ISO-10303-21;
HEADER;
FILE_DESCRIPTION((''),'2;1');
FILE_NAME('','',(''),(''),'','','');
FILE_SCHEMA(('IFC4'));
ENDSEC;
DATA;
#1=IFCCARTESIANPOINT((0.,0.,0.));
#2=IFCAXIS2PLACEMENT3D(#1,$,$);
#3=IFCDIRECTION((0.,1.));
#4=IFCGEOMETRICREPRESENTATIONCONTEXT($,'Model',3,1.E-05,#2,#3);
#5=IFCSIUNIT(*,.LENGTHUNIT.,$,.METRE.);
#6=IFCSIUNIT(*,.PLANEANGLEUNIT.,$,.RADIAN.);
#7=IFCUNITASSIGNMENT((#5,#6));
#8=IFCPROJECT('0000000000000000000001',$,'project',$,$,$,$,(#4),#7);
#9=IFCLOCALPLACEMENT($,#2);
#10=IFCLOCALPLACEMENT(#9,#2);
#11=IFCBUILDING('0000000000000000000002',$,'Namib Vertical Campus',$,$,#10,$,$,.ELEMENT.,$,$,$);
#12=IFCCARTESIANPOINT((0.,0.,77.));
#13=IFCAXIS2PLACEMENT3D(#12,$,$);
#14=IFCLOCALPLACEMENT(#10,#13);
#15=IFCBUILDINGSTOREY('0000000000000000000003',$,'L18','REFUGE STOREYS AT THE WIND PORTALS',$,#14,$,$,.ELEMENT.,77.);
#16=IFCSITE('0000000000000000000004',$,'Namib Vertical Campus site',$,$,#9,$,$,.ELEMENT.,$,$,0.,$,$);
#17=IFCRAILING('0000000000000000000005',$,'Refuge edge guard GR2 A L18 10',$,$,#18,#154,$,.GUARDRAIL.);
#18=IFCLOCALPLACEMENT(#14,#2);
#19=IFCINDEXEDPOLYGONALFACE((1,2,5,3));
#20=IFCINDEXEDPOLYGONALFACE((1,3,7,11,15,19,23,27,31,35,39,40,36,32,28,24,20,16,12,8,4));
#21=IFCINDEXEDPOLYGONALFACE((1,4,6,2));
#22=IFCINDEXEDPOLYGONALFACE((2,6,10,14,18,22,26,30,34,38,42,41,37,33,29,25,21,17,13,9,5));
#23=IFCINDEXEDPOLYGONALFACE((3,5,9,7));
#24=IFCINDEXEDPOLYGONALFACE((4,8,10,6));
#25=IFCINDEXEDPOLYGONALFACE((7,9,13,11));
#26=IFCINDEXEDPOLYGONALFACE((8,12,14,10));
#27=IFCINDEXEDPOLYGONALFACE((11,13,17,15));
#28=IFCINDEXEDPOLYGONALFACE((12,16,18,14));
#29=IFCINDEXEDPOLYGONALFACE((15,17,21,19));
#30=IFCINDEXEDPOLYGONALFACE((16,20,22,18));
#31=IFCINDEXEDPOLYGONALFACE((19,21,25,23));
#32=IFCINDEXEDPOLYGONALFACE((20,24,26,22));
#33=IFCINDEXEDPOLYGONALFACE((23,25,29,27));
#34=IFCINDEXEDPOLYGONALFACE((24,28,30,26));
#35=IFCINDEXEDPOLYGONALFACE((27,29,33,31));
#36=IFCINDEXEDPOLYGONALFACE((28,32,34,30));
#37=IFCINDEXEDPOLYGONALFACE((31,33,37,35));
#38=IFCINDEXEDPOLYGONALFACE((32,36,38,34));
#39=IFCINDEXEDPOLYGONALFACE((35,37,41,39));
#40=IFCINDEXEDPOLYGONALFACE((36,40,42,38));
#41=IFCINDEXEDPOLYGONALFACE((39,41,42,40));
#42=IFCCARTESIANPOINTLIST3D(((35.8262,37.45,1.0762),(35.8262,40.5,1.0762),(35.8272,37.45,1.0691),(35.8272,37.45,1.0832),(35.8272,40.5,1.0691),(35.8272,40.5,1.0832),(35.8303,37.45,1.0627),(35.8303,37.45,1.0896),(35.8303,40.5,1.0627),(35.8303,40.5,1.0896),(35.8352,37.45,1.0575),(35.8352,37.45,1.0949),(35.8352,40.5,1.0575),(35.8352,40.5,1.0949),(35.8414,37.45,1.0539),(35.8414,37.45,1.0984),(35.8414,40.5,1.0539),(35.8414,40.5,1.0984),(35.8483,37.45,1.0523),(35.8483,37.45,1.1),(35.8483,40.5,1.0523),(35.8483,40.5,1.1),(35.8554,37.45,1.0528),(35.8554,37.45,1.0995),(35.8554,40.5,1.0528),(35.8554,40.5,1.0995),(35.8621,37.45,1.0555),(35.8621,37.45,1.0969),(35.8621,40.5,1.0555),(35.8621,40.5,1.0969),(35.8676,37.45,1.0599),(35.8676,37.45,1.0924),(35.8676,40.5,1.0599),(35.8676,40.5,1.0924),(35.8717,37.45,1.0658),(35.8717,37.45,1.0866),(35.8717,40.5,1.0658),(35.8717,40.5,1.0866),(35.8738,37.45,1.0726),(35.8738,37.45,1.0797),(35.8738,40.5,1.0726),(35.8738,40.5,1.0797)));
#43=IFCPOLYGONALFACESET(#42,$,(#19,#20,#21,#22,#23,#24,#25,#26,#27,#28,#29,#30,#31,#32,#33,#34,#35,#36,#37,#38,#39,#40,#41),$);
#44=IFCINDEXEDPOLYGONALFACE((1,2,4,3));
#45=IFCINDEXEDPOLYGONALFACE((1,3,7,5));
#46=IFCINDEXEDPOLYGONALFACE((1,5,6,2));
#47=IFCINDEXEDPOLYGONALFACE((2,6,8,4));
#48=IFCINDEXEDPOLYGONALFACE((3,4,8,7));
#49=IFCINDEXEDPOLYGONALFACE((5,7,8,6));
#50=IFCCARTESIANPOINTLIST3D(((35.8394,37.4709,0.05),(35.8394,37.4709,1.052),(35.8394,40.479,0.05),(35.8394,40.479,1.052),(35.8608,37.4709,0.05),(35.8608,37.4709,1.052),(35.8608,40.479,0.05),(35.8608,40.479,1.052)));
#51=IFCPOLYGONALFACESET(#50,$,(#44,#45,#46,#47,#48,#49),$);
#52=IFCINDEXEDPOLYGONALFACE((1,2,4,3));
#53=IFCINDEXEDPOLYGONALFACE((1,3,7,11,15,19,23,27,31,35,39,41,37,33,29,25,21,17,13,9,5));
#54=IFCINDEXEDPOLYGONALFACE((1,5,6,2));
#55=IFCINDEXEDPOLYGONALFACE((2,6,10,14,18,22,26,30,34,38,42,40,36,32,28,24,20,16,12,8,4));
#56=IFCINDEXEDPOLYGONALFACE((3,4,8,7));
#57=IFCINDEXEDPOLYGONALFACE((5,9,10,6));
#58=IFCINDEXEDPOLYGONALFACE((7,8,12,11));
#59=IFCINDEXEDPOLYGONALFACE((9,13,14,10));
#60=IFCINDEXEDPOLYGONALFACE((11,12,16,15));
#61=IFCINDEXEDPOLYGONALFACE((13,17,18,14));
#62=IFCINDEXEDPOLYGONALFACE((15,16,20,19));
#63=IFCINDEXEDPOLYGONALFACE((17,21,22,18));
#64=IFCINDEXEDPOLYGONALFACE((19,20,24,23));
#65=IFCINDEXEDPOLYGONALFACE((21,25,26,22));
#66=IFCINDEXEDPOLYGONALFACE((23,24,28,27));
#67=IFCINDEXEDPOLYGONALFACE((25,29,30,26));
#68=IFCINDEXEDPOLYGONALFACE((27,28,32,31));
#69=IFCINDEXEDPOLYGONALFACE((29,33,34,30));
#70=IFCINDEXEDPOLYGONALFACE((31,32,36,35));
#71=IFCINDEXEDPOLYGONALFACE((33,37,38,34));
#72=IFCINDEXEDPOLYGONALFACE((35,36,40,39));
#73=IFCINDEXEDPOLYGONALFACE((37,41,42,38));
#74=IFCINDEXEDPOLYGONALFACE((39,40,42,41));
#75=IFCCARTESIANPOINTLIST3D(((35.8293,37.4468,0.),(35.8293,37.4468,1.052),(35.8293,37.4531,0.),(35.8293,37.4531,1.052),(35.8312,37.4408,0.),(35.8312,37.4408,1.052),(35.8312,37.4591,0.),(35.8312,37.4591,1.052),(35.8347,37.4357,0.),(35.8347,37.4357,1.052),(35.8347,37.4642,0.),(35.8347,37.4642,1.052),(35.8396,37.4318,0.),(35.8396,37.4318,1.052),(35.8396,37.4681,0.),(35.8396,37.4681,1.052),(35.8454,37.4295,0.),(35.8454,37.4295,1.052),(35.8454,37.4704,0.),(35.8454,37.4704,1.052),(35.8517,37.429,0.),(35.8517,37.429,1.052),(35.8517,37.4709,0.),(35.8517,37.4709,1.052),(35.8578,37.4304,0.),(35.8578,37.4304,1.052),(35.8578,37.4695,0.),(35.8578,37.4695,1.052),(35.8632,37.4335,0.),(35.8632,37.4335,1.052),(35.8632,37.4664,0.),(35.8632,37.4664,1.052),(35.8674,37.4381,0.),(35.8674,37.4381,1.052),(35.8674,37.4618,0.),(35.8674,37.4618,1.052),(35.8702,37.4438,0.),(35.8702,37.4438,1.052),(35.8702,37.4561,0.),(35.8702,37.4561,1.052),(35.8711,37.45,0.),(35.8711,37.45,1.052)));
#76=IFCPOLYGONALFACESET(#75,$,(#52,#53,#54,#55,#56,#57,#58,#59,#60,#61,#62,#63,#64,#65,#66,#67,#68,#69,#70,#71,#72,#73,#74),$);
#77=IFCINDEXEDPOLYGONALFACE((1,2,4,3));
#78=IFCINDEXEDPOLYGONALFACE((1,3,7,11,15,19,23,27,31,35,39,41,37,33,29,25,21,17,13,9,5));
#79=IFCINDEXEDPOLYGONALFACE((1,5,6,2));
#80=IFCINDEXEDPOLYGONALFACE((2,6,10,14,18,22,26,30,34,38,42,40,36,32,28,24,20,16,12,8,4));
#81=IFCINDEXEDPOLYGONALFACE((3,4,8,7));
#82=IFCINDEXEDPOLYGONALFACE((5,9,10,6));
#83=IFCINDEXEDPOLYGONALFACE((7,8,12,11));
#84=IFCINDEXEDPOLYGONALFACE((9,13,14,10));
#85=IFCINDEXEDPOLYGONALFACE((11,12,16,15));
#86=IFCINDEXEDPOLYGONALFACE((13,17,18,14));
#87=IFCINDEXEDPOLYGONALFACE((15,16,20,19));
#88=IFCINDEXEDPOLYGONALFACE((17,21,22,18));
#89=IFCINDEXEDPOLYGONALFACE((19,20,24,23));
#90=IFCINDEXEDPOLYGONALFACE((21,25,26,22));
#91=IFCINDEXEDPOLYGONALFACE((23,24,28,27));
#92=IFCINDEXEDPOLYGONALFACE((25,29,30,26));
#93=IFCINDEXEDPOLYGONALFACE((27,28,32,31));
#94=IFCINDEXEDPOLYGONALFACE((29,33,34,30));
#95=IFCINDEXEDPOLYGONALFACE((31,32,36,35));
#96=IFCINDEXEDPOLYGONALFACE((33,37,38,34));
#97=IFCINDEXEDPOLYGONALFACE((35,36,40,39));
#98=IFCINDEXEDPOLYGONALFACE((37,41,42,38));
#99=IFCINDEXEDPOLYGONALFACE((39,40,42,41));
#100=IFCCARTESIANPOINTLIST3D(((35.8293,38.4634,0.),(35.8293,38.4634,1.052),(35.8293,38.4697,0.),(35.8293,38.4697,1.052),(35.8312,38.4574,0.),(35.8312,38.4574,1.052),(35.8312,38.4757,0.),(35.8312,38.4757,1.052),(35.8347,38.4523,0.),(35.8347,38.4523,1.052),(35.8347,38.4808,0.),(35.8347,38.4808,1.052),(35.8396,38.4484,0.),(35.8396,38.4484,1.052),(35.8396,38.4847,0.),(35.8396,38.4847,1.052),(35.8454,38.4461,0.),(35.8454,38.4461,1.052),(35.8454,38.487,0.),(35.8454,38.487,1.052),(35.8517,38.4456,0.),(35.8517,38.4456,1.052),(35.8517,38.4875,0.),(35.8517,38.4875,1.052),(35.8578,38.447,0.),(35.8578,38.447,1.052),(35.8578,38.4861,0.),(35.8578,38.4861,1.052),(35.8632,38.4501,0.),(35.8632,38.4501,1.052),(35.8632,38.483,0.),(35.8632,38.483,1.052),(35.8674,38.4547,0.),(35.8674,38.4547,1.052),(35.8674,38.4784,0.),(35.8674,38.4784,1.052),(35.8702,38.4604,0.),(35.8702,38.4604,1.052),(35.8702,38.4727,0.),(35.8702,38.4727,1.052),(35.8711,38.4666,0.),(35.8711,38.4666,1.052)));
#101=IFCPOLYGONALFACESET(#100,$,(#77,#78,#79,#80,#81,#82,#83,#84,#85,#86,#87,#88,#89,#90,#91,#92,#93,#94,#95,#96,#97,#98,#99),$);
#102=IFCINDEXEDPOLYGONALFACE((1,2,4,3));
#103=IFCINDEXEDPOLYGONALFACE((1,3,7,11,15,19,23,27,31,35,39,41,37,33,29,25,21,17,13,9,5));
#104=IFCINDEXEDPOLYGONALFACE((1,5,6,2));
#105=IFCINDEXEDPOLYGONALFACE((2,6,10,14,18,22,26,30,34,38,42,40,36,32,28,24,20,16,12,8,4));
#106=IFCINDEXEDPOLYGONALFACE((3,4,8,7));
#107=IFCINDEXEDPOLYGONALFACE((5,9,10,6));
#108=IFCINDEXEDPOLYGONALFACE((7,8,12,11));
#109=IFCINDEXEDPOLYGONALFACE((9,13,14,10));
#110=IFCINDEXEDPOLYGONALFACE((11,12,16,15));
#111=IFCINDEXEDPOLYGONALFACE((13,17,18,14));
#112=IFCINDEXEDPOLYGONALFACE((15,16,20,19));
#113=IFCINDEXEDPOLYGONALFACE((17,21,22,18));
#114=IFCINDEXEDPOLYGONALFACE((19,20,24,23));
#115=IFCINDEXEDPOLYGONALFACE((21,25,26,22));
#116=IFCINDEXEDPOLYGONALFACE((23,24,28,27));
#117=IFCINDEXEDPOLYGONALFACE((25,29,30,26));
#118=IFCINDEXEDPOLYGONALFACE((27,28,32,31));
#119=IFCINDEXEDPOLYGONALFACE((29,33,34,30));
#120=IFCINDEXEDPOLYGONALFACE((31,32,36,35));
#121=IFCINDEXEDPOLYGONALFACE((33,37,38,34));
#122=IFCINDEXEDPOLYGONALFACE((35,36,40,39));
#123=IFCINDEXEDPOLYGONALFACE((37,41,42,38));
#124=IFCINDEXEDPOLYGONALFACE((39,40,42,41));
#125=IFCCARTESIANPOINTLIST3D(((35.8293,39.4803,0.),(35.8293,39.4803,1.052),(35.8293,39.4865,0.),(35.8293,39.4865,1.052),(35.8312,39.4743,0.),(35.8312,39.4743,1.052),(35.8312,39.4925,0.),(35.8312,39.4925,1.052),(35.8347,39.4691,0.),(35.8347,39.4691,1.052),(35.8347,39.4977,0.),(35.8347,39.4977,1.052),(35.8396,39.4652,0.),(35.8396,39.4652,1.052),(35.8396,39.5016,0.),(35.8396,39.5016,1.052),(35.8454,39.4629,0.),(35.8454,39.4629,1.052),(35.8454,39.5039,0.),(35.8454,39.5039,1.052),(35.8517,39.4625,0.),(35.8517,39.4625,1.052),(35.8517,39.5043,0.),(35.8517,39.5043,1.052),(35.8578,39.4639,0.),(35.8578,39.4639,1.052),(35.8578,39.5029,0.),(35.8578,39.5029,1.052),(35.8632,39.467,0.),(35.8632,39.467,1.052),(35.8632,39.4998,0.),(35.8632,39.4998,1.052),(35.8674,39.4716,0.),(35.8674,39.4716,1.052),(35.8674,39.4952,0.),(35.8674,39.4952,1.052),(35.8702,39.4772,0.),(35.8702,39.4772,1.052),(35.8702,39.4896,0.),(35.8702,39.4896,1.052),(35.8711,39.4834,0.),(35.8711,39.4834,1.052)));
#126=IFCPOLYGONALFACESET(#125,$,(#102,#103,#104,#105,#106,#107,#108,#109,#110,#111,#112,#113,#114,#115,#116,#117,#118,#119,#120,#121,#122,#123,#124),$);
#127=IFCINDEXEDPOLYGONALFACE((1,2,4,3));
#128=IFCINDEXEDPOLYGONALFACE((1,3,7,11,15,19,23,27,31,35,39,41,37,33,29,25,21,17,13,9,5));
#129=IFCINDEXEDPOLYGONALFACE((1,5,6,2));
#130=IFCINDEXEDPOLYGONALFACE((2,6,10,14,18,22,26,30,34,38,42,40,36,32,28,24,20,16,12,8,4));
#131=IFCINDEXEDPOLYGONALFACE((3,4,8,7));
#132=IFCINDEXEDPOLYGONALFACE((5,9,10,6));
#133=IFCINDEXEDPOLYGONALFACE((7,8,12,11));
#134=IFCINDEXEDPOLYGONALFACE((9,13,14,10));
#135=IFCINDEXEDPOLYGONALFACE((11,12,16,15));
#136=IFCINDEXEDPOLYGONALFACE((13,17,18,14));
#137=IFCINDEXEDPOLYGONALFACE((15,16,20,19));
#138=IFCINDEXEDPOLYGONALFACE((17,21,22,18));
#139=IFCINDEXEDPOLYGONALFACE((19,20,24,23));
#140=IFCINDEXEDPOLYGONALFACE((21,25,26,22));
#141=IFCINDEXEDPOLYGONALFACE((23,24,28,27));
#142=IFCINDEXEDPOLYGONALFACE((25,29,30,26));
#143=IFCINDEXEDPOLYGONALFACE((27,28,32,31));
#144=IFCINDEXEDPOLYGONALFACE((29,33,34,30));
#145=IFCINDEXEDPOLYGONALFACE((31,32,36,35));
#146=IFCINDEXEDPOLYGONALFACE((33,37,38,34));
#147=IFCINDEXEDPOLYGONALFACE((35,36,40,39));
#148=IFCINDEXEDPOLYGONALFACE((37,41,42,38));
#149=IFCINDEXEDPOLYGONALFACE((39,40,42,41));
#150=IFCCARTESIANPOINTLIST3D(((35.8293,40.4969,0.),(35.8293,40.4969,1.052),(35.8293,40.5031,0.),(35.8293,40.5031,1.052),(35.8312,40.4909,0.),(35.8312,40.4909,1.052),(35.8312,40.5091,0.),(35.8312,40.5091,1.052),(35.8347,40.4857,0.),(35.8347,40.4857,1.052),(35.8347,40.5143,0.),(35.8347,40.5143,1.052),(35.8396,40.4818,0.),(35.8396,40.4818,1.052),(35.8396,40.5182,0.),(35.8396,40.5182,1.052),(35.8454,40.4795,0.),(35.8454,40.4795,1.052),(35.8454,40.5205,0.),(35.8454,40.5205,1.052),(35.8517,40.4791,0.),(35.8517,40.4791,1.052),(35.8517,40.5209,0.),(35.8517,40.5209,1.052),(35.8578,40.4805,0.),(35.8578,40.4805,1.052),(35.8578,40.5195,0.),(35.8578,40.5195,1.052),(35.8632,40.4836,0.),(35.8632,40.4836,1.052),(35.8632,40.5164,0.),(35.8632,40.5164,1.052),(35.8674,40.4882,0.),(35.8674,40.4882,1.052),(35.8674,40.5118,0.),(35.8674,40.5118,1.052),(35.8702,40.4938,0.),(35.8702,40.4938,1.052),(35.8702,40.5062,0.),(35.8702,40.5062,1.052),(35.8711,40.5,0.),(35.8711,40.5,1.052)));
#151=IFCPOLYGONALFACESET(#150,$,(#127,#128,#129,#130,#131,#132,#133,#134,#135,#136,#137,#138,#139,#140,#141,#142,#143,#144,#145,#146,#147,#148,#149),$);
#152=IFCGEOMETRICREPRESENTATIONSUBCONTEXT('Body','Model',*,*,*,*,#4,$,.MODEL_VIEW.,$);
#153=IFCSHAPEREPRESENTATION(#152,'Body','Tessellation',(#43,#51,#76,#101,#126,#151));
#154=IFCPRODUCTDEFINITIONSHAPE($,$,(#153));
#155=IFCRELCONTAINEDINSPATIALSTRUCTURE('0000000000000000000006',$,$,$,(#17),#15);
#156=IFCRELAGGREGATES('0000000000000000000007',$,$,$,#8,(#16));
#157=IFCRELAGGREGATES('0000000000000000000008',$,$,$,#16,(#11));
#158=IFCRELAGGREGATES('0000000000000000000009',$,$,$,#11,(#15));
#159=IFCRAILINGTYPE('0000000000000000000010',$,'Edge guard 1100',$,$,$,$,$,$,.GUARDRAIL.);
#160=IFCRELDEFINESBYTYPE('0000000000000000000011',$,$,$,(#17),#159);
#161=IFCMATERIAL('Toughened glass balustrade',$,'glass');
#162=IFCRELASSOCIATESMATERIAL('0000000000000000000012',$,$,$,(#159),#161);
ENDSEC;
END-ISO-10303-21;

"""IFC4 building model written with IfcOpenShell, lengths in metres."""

from ifc_helpers import new_model, si_unit, direction, frame, origin, origin_2d, place, context, subcontext, project, spatial, polyline, circle, outline, extrude, material, type_object, element, save


model = new_model("IFC4")

# Units and contexts
model_context = context("Model", 3, precision=1e-05, world=origin(), true_north=direction((0.0, 1.0)))
body_context = subcontext(model_context, "Body", "Model", "MODEL_VIEW")
ifc_project = project(units=[si_unit("LENGTHUNIT", "METRE"), si_unit("PLANEANGLEUNIT", "RADIAN")], contexts=[model_context])

# Site, building, storey
site_placement = place(None, origin())
site = spatial("IfcSite", under=ifc_project, at=site_placement, Name="Namib Vertical Campus site", CompositionType="ELEMENT", RefElevation=0.0)
building_placement = place(site_placement, origin())
building = spatial("IfcBuilding", under=site, at=building_placement, Name="Namib Vertical Campus", CompositionType="ELEMENT")
storey_placement = place(building_placement, frame((0.0, 0.0, 77.0)))
storey = spatial("IfcBuildingStorey", under=building, at=storey_placement, Name="L18", Description="REFUGE STOREYS AT THE WIND PORTALS", CompositionType="ELEMENT", Elevation=77.0)

# Railing
ifc_material_1 = material(Name="Toughened glass balustrade", Category="glass")
railing_type_1 = type_object("IfcRailingType", Name="Edge guard 1100", PredefinedType="GUARDRAIL", material=ifc_material_1)
railing_1_placement = place(storey_placement, frame((35.8501, 37.45, 0.0)))
element("IfcRailing", 1, at=railing_1_placement, inside=storey, type_object=railing_type_1, Name="Refuge edge guard GR2 A L18 10", PredefinedType="GUARDRAIL", context=body_context, shape_type="SweptSolid", body=[
    extrude(circle(Radius=0.0239, at=origin_2d()), frame((0.0, 0.0, 1.0762), z_axis=(0.0, 1.0, 0.0), x_axis=(-1.0, 0.0, 0.0)), (0.0, 0.0, 1.0), 3.05),
    extrude(outline(polyline([(0.021, 0.05), (3.0291, 0.05), (3.0291, 1.052), (0.021, 1.052), (0.021, 0.05)])), frame((-0.0107, 0.0, 0.0), z_axis=(1.0, 0.0, 0.0), x_axis=(0.0, 1.0, 0.0)), (0.0, 0.0, 1.0), 0.0215),
    extrude(circle(Radius=0.021, at=origin_2d()), origin(), (0.0, 0.0, 1.0), 1.052),
    extrude(circle(Radius=0.021, at=origin_2d()), frame((0.0, 1.0166, 0.0)), (0.0, 0.0, 1.0), 1.052),
    extrude(circle(Radius=0.021, at=origin_2d()), frame((0.0, 2.0334, 0.0)), (0.0, 0.0, 1.0), 1.052),
    extrude(circle(Radius=0.021, at=origin_2d()), frame((0.0, 3.05, 0.0)), (0.0, 0.0, 1.0), 1.052),
])

save(model, "model.ifc")
